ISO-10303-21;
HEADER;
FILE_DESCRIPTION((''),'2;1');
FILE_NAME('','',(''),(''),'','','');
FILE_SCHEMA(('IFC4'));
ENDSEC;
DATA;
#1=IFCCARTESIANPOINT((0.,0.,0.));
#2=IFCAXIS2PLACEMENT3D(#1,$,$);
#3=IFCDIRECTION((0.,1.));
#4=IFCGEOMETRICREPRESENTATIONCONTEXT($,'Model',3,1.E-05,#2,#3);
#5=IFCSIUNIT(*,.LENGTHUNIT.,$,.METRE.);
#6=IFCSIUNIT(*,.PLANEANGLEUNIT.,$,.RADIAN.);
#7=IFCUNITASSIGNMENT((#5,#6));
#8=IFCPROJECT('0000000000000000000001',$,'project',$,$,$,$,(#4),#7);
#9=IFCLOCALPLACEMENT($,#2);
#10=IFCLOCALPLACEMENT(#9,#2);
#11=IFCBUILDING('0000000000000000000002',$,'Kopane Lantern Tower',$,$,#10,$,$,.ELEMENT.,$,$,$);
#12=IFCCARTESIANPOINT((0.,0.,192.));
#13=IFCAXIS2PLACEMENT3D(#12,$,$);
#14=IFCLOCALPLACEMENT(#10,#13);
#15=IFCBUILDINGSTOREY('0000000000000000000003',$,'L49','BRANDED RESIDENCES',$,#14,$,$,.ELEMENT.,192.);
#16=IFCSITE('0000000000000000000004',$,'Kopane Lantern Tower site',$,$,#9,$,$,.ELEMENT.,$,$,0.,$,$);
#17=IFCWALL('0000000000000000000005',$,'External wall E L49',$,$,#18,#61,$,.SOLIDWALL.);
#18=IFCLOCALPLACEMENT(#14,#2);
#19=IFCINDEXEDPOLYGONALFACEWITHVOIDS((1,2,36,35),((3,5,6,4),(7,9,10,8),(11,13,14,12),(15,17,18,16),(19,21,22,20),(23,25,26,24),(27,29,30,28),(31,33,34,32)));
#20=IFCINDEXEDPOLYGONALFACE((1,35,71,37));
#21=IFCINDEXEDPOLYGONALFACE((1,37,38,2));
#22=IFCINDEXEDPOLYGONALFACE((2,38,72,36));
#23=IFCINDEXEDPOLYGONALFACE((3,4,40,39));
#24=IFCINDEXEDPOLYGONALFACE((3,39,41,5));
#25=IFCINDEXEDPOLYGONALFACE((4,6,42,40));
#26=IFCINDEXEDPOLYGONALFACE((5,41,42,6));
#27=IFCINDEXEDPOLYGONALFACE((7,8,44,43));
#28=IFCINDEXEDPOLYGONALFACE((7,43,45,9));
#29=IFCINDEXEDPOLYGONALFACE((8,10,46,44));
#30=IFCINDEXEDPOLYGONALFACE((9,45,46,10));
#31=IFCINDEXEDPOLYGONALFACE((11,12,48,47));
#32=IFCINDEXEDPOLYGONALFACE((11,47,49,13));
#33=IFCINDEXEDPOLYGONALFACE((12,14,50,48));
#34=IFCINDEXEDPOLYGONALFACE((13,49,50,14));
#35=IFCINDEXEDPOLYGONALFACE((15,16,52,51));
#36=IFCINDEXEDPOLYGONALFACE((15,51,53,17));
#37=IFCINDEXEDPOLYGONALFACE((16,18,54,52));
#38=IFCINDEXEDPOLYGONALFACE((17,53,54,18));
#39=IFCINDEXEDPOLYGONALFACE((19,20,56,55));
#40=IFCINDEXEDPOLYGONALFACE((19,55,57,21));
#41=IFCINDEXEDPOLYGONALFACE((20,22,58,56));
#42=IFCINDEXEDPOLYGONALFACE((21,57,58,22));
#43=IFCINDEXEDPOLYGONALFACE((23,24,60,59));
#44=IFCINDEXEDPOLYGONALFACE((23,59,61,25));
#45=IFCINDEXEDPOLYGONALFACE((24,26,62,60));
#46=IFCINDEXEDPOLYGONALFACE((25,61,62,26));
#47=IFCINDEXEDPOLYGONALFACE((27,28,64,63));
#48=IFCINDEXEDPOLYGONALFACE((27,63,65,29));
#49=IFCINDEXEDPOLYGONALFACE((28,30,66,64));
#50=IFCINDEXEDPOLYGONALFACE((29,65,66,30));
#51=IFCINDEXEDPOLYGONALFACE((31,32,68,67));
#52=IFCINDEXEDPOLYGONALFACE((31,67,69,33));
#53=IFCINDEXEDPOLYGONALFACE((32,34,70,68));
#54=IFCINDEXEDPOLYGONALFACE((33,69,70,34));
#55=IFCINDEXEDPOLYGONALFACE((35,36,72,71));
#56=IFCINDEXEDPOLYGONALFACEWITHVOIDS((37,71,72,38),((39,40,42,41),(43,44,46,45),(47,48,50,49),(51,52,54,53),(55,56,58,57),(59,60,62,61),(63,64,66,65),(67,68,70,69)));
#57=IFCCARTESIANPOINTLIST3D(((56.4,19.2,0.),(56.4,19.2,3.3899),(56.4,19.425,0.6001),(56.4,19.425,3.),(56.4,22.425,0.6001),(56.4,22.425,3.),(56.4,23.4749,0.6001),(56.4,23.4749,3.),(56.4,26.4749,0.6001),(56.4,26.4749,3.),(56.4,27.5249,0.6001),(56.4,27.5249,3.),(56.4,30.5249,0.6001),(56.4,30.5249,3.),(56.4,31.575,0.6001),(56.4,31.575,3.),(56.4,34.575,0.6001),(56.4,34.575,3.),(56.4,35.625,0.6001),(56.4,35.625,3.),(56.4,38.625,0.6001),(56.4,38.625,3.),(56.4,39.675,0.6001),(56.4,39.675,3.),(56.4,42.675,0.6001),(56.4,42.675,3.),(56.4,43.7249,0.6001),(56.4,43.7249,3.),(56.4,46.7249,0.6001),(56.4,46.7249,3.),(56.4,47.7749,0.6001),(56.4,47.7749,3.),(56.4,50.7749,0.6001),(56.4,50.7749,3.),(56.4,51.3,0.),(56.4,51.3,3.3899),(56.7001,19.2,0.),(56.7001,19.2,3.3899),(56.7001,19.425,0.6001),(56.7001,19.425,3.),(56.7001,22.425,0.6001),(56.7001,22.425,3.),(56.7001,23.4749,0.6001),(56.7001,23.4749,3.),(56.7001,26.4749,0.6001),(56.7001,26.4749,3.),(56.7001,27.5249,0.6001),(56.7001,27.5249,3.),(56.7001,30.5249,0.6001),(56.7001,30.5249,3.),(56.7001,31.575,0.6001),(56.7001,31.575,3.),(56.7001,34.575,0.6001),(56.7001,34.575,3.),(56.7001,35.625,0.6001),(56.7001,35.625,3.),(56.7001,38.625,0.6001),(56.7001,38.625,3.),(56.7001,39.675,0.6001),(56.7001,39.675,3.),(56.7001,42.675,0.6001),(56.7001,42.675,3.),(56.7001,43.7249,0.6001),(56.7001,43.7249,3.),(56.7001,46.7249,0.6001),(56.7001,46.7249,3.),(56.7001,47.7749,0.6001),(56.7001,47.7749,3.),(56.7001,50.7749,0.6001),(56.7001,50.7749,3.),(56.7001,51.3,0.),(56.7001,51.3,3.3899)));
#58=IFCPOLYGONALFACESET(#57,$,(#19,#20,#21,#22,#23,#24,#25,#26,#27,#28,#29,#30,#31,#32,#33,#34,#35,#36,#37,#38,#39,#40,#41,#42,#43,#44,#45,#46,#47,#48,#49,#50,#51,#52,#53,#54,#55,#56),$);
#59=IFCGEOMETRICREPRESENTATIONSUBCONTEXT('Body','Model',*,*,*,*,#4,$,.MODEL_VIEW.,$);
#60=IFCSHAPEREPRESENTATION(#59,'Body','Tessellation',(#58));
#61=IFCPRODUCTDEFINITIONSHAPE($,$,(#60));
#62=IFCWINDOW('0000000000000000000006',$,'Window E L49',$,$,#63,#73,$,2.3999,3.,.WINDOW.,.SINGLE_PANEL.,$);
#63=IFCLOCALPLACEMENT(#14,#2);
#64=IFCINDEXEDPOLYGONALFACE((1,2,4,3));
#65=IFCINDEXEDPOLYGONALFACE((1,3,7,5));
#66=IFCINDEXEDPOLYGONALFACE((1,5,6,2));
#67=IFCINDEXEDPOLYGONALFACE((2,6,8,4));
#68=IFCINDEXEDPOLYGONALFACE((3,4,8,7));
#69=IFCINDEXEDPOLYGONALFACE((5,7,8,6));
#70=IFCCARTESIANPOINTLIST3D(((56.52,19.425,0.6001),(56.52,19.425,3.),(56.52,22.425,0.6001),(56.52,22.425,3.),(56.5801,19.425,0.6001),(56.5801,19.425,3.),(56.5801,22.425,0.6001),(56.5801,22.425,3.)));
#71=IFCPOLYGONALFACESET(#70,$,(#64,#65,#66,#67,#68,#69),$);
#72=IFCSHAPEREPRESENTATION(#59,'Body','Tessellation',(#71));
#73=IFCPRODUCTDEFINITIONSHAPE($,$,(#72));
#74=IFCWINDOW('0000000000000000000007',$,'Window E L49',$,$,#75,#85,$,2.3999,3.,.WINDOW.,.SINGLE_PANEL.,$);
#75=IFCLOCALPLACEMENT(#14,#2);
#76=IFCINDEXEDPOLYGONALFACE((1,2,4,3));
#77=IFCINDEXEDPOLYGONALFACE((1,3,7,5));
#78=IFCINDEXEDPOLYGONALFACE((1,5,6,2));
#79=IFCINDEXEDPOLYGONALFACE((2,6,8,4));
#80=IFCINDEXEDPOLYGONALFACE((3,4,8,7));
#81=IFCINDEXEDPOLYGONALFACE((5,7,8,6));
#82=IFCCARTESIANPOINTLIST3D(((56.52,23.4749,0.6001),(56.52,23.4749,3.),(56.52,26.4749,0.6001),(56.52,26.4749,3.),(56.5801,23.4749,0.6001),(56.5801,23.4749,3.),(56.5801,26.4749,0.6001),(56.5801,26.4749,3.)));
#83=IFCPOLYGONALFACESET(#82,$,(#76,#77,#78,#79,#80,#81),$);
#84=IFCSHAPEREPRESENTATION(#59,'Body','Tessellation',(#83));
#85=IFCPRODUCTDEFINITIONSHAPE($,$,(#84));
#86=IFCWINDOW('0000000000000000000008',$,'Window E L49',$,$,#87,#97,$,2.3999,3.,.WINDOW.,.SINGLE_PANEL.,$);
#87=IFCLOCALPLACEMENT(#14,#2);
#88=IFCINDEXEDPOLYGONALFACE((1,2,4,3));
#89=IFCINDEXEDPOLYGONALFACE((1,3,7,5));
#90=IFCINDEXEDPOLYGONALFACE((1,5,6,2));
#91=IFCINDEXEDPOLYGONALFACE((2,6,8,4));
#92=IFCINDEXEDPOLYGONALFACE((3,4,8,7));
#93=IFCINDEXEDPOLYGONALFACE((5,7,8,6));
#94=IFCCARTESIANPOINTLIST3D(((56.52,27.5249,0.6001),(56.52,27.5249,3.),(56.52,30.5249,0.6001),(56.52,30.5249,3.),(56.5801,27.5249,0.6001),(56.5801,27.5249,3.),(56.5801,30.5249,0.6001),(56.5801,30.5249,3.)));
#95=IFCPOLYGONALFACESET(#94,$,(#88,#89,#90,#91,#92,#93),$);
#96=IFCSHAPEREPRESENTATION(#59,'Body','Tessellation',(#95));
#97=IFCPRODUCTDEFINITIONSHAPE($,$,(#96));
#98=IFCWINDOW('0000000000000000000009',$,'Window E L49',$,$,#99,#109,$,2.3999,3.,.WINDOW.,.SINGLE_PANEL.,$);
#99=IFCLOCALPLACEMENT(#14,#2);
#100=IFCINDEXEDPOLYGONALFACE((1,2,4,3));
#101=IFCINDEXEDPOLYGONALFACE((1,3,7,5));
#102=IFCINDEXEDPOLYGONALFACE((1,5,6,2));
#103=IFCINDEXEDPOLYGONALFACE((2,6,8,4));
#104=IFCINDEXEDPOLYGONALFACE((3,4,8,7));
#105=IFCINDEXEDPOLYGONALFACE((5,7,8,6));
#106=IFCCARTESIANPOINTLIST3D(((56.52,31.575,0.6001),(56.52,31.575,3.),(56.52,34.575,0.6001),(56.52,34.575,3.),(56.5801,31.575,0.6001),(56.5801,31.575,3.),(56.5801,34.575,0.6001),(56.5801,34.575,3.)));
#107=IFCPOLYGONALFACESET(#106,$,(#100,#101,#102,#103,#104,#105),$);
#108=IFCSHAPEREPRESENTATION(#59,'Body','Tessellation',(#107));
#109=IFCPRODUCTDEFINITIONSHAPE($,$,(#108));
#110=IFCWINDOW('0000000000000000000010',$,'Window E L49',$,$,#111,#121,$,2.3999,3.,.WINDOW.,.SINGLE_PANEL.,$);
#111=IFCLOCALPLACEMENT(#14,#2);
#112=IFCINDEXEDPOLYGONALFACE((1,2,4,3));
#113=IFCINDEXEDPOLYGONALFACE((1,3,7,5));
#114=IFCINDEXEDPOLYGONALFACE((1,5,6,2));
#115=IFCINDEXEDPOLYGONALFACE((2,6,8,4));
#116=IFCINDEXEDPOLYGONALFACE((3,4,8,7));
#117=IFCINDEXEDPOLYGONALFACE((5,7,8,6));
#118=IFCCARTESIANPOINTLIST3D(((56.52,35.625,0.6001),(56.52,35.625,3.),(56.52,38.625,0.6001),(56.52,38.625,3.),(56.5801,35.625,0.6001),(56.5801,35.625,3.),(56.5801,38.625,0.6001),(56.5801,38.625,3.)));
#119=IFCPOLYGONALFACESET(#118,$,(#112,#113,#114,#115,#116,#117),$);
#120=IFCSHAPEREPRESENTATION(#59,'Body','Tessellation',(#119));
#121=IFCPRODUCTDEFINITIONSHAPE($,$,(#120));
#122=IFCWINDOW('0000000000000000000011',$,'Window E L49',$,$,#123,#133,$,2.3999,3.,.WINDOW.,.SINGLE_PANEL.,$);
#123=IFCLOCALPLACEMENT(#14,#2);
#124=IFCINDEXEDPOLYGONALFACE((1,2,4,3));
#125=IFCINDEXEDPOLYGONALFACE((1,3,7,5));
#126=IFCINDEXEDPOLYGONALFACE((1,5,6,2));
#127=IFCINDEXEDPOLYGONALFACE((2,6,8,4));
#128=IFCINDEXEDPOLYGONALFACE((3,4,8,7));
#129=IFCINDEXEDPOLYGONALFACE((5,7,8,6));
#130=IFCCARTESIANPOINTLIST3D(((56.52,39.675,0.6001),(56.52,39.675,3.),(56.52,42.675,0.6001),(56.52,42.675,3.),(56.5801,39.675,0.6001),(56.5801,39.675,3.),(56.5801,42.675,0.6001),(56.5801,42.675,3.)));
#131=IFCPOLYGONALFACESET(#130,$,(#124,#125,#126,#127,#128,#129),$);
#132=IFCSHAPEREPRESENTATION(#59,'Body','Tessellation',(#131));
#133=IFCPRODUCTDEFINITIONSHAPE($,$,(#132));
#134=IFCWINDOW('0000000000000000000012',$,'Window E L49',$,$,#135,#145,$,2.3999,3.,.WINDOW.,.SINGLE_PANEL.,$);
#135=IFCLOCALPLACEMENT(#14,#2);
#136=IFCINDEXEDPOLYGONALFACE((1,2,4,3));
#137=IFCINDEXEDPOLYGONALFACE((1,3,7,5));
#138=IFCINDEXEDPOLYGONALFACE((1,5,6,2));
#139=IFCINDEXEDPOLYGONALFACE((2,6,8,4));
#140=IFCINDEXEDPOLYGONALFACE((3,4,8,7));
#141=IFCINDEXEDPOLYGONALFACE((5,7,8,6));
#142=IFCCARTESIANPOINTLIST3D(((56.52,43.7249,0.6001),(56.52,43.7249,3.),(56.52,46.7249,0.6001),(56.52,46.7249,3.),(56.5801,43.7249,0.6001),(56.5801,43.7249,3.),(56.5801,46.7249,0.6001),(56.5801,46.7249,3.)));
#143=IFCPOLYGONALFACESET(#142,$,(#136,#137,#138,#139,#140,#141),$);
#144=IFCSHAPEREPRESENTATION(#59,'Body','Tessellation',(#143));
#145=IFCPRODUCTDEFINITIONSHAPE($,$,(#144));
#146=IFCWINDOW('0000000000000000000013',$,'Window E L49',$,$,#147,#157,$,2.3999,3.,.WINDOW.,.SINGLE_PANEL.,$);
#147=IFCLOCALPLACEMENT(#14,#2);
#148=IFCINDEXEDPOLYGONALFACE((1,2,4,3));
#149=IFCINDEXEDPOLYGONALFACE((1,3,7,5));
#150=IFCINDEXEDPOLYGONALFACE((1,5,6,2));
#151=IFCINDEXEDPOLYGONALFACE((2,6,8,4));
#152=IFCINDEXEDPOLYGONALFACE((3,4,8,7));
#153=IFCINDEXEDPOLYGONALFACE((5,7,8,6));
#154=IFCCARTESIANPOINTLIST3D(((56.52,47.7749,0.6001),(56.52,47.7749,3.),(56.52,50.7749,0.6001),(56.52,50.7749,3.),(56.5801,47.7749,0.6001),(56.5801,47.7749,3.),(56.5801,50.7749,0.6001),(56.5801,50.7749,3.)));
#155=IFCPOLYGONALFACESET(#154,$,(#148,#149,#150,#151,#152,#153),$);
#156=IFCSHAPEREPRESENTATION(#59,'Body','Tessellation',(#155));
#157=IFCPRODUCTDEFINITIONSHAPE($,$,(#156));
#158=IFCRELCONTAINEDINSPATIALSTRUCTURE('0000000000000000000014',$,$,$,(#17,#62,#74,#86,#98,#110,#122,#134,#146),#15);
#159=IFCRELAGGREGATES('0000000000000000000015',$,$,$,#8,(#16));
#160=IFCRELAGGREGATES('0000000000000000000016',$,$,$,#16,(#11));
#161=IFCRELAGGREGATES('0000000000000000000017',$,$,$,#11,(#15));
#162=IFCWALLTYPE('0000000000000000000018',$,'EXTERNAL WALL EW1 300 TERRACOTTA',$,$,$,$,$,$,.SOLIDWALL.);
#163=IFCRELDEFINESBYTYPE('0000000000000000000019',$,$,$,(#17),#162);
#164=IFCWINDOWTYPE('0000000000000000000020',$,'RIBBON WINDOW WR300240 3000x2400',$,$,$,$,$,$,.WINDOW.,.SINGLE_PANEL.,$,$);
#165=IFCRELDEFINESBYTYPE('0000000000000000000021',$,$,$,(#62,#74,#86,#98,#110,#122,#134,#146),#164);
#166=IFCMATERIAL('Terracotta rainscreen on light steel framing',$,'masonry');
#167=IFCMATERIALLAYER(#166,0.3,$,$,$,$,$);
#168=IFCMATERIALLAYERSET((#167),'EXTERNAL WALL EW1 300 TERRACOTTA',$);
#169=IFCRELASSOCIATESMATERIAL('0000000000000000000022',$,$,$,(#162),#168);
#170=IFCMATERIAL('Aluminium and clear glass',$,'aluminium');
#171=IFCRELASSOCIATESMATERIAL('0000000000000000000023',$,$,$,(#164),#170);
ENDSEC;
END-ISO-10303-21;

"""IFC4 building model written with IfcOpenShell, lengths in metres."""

from ifc_helpers import new_model, si_unit, direction, frame, frame_2d, origin, place, context, subcontext, project, spatial, rectangle, extrude, material, layer, layer_set, type_object, element, fill, save


model = new_model("IFC4")

# Units and contexts
model_context = context("Model", 3, precision=1e-05, world=origin(), true_north=direction((0.0, 1.0)))
body_context = subcontext(model_context, "Body", "Model", "MODEL_VIEW")
ifc_project = project(units=[si_unit("LENGTHUNIT", "METRE"), si_unit("PLANEANGLEUNIT", "RADIAN")], contexts=[model_context])

# Site, building, storey
site_placement = place(None, origin())
site = spatial("IfcSite", under=ifc_project, at=site_placement, Name="Kopane Lantern Tower site", CompositionType="ELEMENT", RefElevation=0.0)
building_placement = place(site_placement, origin())
building = spatial("IfcBuilding", under=site, at=building_placement, Name="Kopane Lantern Tower", CompositionType="ELEMENT")
storey_placement = place(building_placement, frame((0.0, 0.0, 192.0)))
storey = spatial("IfcBuildingStorey", under=building, at=storey_placement, Name="L49", Description="BRANDED RESIDENCES", CompositionType="ELEMENT", Elevation=192.0)

# Wall, openings, windows
ifc_material_1 = material(Name="Terracotta rainscreen on light steel framing", Category="masonry")
ifc_layer_1 = layer(ifc_material_1, 0.3)
ifc_layer_set_1 = layer_set([ifc_layer_1], Name="EXTERNAL WALL EW1 300 TERRACOTTA")
wall_type_1 = type_object("IfcWallType", Name="EXTERNAL WALL EW1 300 TERRACOTTA", PredefinedType="SOLIDWALL", material=ifc_layer_set_1)
wall_1_placement = place(storey_placement, frame((56.55, 19.2, 0.0), z_axis=(0.0, 0.0, 1.0), x_axis=(0.0, 1.0, 0.0)))
wall_1 = element("IfcWall", 1, at=wall_1_placement, inside=storey, type_object=wall_type_1, Name="External wall E L49", PredefinedType="SOLIDWALL", context=body_context, shape_type="SweptSolid", body=[
    extrude(rectangle(XDim=32.1001, YDim=0.3, at=frame_2d((16.05, 0.0))), origin(), (0.0, 0.0, 1.0), 3.3899),
])
opening_1_placement = place(wall_1_placement, frame((0.2251, 0.0, 0.6001)))
opening_1 = element("IfcOpeningElement", 2, at=opening_1_placement, cuts=wall_1, PredefinedType="OPENING", context=body_context, shape_type="SweptSolid", body=[
    extrude(rectangle(XDim=3.0, YDim=2.3999, at=frame_2d((1.5, 1.2))), frame((0.0, 0.1599, 0.0), z_axis=(0.0, -1.0, 0.0), x_axis=(1.0, 0.0, 0.0)), (0.0, 0.0, 1.0), 0.3201),
])
opening_2_placement = place(wall_1_placement, frame((4.2749, 0.0, 0.6001)))
opening_2 = element("IfcOpeningElement", 3, at=opening_2_placement, cuts=wall_1, PredefinedType="OPENING", context=body_context, shape_type="SweptSolid", body=[
    extrude(rectangle(XDim=3.0, YDim=2.3999, at=frame_2d((1.5, 1.2))), frame((0.0, 0.1599, 0.0), z_axis=(0.0, -1.0, 0.0), x_axis=(1.0, 0.0, 0.0)), (0.0, 0.0, 1.0), 0.3201),
])
opening_3_placement = place(wall_1_placement, frame((8.325, 0.0, 0.6001)))
opening_3 = element("IfcOpeningElement", 4, at=opening_3_placement, cuts=wall_1, PredefinedType="OPENING", context=body_context, shape_type="SweptSolid", body=[
    extrude(rectangle(XDim=3.0, YDim=2.3999, at=frame_2d((1.5, 1.2))), frame((0.0, 0.1599, 0.0), z_axis=(0.0, -1.0, 0.0), x_axis=(1.0, 0.0, 0.0)), (0.0, 0.0, 1.0), 0.3201),
])
opening_4_placement = place(wall_1_placement, frame((12.375, 0.0, 0.6001)))
opening_4 = element("IfcOpeningElement", 5, at=opening_4_placement, cuts=wall_1, PredefinedType="OPENING", context=body_context, shape_type="SweptSolid", body=[
    extrude(rectangle(XDim=3.0, YDim=2.3999, at=frame_2d((1.5, 1.2))), frame((0.0, 0.1599, 0.0), z_axis=(0.0, -1.0, 0.0), x_axis=(1.0, 0.0, 0.0)), (0.0, 0.0, 1.0), 0.3201),
])
opening_5_placement = place(wall_1_placement, frame((16.425, 0.0, 0.6001)))
opening_5 = element("IfcOpeningElement", 6, at=opening_5_placement, cuts=wall_1, PredefinedType="OPENING", context=body_context, shape_type="SweptSolid", body=[
    extrude(rectangle(XDim=3.0, YDim=2.3999, at=frame_2d((1.5, 1.2))), frame((0.0, 0.1599, 0.0), z_axis=(0.0, -1.0, 0.0), x_axis=(1.0, 0.0, 0.0)), (0.0, 0.0, 1.0), 0.3201),
])
opening_6_placement = place(wall_1_placement, frame((20.4751, 0.0, 0.6001)))
opening_6 = element("IfcOpeningElement", 7, at=opening_6_placement, cuts=wall_1, PredefinedType="OPENING", context=body_context, shape_type="SweptSolid", body=[
    extrude(rectangle(XDim=3.0, YDim=2.3999, at=frame_2d((1.5, 1.2))), frame((0.0, 0.1599, 0.0), z_axis=(0.0, -1.0, 0.0), x_axis=(1.0, 0.0, 0.0)), (0.0, 0.0, 1.0), 0.3201),
])
opening_7_placement = place(wall_1_placement, frame((24.5249, 0.0, 0.6001)))
opening_7 = element("IfcOpeningElement", 8, at=opening_7_placement, cuts=wall_1, PredefinedType="OPENING", context=body_context, shape_type="SweptSolid", body=[
    extrude(rectangle(XDim=3.0, YDim=2.3999, at=frame_2d((1.5, 1.2))), frame((0.0, 0.1599, 0.0), z_axis=(0.0, -1.0, 0.0), x_axis=(1.0, 0.0, 0.0)), (0.0, 0.0, 1.0), 0.3201),
])
opening_8_placement = place(wall_1_placement, frame((28.575, 0.0, 0.6001)))
opening_8 = element("IfcOpeningElement", 9, at=opening_8_placement, cuts=wall_1, PredefinedType="OPENING", context=body_context, shape_type="SweptSolid", body=[
    extrude(rectangle(XDim=3.0, YDim=2.3999, at=frame_2d((1.5, 1.2))), frame((0.0, 0.1599, 0.0), z_axis=(0.0, -1.0, 0.0), x_axis=(1.0, 0.0, 0.0)), (0.0, 0.0, 1.0), 0.3201),
])
ifc_material_2 = material(Name="Aluminium and clear glass", Category="aluminium")
window_type = type_object("IfcWindowType", Name="RIBBON WINDOW WR300240 3000x2400", PartitioningType="SINGLE_PANEL", PredefinedType="WINDOW", material=ifc_material_2)
window_1_placement = place(opening_1_placement, origin())
window_1 = element("IfcWindow", 10, at=window_1_placement, inside=storey, type_object=window_type, Name="Window E L49", OverallHeight=2.3999, OverallWidth=3.0, PartitioningType="SINGLE_PANEL", PredefinedType="WINDOW", context=body_context, shape_type="SweptSolid", body=[
    extrude(rectangle(XDim=3.0, YDim=2.3999, at=frame_2d((1.5, 1.2))), frame((0.0, 0.03, 0.0), z_axis=(0.0, -1.0, 0.0), x_axis=(1.0, 0.0, 0.0)), (0.0, 0.0, 1.0), 0.0601),
])
fill(opening_1, window_1)
window_2_placement = place(opening_2_placement, origin())
window_2 = element("IfcWindow", 11, at=window_2_placement, inside=storey, type_object=window_type, Name="Window E L49", OverallHeight=2.3999, OverallWidth=3.0, PartitioningType="SINGLE_PANEL", PredefinedType="WINDOW", context=body_context, shape_type="SweptSolid", body=[
    extrude(rectangle(XDim=3.0, YDim=2.3999, at=frame_2d((1.5, 1.2))), frame((0.0, 0.03, 0.0), z_axis=(0.0, -1.0, 0.0), x_axis=(1.0, 0.0, 0.0)), (0.0, 0.0, 1.0), 0.0601),
])
fill(opening_2, window_2)
window_3_placement = place(opening_3_placement, origin())
window_3 = element("IfcWindow", 12, at=window_3_placement, inside=storey, type_object=window_type, Name="Window E L49", OverallHeight=2.3999, OverallWidth=3.0, PartitioningType="SINGLE_PANEL", PredefinedType="WINDOW", context=body_context, shape_type="SweptSolid", body=[
    extrude(rectangle(XDim=3.0, YDim=2.3999, at=frame_2d((1.5, 1.2))), frame((0.0, 0.03, 0.0), z_axis=(0.0, -1.0, 0.0), x_axis=(1.0, 0.0, 0.0)), (0.0, 0.0, 1.0), 0.0601),
])
fill(opening_3, window_3)
window_4_placement = place(opening_4_placement, origin())
window_4 = element("IfcWindow", 13, at=window_4_placement, inside=storey, type_object=window_type, Name="Window E L49", OverallHeight=2.3999, OverallWidth=3.0, PartitioningType="SINGLE_PANEL", PredefinedType="WINDOW", context=body_context, shape_type="SweptSolid", body=[
    extrude(rectangle(XDim=3.0, YDim=2.3999, at=frame_2d((1.5, 1.2))), frame((0.0, 0.03, 0.0), z_axis=(0.0, -1.0, 0.0), x_axis=(1.0, 0.0, 0.0)), (0.0, 0.0, 1.0), 0.0601),
])
fill(opening_4, window_4)
window_5_placement = place(opening_5_placement, origin())
window_5 = element("IfcWindow", 14, at=window_5_placement, inside=storey, type_object=window_type, Name="Window E L49", OverallHeight=2.3999, OverallWidth=3.0, PartitioningType="SINGLE_PANEL", PredefinedType="WINDOW", context=body_context, shape_type="SweptSolid", body=[
    extrude(rectangle(XDim=3.0, YDim=2.3999, at=frame_2d((1.5, 1.2))), frame((0.0, 0.03, 0.0), z_axis=(0.0, -1.0, 0.0), x_axis=(1.0, 0.0, 0.0)), (0.0, 0.0, 1.0), 0.0601),
])
fill(opening_5, window_5)
window_6_placement = place(opening_6_placement, origin())
window_6 = element("IfcWindow", 15, at=window_6_placement, inside=storey, type_object=window_type, Name="Window E L49", OverallHeight=2.3999, OverallWidth=3.0, PartitioningType="SINGLE_PANEL", PredefinedType="WINDOW", context=body_context, shape_type="SweptSolid", body=[
    extrude(rectangle(XDim=3.0, YDim=2.3999, at=frame_2d((1.5, 1.2))), frame((0.0, 0.03, 0.0), z_axis=(0.0, -1.0, 0.0), x_axis=(1.0, 0.0, 0.0)), (0.0, 0.0, 1.0), 0.0601),
])
fill(opening_6, window_6)
window_7_placement = place(opening_7_placement, origin())
window_7 = element("IfcWindow", 16, at=window_7_placement, inside=storey, type_object=window_type, Name="Window E L49", OverallHeight=2.3999, OverallWidth=3.0, PartitioningType="SINGLE_PANEL", PredefinedType="WINDOW", context=body_context, shape_type="SweptSolid", body=[
    extrude(rectangle(XDim=3.0, YDim=2.3999, at=frame_2d((1.5, 1.2))), frame((0.0, 0.03, 0.0), z_axis=(0.0, -1.0, 0.0), x_axis=(1.0, 0.0, 0.0)), (0.0, 0.0, 1.0), 0.0601),
])
fill(opening_7, window_7)
window_8_placement = place(opening_8_placement, origin())
window_8 = element("IfcWindow", 17, at=window_8_placement, inside=storey, type_object=window_type, Name="Window E L49", OverallHeight=2.3999, OverallWidth=3.0, PartitioningType="SINGLE_PANEL", PredefinedType="WINDOW", context=body_context, shape_type="SweptSolid", body=[
    extrude(rectangle(XDim=3.0, YDim=2.3999, at=frame_2d((1.5, 1.2))), frame((0.0, 0.03, 0.0), z_axis=(0.0, -1.0, 0.0), x_axis=(1.0, 0.0, 0.0)), (0.0, 0.0, 1.0), 0.0601),
])
fill(opening_8, window_8)

save(model, "model.ifc")
